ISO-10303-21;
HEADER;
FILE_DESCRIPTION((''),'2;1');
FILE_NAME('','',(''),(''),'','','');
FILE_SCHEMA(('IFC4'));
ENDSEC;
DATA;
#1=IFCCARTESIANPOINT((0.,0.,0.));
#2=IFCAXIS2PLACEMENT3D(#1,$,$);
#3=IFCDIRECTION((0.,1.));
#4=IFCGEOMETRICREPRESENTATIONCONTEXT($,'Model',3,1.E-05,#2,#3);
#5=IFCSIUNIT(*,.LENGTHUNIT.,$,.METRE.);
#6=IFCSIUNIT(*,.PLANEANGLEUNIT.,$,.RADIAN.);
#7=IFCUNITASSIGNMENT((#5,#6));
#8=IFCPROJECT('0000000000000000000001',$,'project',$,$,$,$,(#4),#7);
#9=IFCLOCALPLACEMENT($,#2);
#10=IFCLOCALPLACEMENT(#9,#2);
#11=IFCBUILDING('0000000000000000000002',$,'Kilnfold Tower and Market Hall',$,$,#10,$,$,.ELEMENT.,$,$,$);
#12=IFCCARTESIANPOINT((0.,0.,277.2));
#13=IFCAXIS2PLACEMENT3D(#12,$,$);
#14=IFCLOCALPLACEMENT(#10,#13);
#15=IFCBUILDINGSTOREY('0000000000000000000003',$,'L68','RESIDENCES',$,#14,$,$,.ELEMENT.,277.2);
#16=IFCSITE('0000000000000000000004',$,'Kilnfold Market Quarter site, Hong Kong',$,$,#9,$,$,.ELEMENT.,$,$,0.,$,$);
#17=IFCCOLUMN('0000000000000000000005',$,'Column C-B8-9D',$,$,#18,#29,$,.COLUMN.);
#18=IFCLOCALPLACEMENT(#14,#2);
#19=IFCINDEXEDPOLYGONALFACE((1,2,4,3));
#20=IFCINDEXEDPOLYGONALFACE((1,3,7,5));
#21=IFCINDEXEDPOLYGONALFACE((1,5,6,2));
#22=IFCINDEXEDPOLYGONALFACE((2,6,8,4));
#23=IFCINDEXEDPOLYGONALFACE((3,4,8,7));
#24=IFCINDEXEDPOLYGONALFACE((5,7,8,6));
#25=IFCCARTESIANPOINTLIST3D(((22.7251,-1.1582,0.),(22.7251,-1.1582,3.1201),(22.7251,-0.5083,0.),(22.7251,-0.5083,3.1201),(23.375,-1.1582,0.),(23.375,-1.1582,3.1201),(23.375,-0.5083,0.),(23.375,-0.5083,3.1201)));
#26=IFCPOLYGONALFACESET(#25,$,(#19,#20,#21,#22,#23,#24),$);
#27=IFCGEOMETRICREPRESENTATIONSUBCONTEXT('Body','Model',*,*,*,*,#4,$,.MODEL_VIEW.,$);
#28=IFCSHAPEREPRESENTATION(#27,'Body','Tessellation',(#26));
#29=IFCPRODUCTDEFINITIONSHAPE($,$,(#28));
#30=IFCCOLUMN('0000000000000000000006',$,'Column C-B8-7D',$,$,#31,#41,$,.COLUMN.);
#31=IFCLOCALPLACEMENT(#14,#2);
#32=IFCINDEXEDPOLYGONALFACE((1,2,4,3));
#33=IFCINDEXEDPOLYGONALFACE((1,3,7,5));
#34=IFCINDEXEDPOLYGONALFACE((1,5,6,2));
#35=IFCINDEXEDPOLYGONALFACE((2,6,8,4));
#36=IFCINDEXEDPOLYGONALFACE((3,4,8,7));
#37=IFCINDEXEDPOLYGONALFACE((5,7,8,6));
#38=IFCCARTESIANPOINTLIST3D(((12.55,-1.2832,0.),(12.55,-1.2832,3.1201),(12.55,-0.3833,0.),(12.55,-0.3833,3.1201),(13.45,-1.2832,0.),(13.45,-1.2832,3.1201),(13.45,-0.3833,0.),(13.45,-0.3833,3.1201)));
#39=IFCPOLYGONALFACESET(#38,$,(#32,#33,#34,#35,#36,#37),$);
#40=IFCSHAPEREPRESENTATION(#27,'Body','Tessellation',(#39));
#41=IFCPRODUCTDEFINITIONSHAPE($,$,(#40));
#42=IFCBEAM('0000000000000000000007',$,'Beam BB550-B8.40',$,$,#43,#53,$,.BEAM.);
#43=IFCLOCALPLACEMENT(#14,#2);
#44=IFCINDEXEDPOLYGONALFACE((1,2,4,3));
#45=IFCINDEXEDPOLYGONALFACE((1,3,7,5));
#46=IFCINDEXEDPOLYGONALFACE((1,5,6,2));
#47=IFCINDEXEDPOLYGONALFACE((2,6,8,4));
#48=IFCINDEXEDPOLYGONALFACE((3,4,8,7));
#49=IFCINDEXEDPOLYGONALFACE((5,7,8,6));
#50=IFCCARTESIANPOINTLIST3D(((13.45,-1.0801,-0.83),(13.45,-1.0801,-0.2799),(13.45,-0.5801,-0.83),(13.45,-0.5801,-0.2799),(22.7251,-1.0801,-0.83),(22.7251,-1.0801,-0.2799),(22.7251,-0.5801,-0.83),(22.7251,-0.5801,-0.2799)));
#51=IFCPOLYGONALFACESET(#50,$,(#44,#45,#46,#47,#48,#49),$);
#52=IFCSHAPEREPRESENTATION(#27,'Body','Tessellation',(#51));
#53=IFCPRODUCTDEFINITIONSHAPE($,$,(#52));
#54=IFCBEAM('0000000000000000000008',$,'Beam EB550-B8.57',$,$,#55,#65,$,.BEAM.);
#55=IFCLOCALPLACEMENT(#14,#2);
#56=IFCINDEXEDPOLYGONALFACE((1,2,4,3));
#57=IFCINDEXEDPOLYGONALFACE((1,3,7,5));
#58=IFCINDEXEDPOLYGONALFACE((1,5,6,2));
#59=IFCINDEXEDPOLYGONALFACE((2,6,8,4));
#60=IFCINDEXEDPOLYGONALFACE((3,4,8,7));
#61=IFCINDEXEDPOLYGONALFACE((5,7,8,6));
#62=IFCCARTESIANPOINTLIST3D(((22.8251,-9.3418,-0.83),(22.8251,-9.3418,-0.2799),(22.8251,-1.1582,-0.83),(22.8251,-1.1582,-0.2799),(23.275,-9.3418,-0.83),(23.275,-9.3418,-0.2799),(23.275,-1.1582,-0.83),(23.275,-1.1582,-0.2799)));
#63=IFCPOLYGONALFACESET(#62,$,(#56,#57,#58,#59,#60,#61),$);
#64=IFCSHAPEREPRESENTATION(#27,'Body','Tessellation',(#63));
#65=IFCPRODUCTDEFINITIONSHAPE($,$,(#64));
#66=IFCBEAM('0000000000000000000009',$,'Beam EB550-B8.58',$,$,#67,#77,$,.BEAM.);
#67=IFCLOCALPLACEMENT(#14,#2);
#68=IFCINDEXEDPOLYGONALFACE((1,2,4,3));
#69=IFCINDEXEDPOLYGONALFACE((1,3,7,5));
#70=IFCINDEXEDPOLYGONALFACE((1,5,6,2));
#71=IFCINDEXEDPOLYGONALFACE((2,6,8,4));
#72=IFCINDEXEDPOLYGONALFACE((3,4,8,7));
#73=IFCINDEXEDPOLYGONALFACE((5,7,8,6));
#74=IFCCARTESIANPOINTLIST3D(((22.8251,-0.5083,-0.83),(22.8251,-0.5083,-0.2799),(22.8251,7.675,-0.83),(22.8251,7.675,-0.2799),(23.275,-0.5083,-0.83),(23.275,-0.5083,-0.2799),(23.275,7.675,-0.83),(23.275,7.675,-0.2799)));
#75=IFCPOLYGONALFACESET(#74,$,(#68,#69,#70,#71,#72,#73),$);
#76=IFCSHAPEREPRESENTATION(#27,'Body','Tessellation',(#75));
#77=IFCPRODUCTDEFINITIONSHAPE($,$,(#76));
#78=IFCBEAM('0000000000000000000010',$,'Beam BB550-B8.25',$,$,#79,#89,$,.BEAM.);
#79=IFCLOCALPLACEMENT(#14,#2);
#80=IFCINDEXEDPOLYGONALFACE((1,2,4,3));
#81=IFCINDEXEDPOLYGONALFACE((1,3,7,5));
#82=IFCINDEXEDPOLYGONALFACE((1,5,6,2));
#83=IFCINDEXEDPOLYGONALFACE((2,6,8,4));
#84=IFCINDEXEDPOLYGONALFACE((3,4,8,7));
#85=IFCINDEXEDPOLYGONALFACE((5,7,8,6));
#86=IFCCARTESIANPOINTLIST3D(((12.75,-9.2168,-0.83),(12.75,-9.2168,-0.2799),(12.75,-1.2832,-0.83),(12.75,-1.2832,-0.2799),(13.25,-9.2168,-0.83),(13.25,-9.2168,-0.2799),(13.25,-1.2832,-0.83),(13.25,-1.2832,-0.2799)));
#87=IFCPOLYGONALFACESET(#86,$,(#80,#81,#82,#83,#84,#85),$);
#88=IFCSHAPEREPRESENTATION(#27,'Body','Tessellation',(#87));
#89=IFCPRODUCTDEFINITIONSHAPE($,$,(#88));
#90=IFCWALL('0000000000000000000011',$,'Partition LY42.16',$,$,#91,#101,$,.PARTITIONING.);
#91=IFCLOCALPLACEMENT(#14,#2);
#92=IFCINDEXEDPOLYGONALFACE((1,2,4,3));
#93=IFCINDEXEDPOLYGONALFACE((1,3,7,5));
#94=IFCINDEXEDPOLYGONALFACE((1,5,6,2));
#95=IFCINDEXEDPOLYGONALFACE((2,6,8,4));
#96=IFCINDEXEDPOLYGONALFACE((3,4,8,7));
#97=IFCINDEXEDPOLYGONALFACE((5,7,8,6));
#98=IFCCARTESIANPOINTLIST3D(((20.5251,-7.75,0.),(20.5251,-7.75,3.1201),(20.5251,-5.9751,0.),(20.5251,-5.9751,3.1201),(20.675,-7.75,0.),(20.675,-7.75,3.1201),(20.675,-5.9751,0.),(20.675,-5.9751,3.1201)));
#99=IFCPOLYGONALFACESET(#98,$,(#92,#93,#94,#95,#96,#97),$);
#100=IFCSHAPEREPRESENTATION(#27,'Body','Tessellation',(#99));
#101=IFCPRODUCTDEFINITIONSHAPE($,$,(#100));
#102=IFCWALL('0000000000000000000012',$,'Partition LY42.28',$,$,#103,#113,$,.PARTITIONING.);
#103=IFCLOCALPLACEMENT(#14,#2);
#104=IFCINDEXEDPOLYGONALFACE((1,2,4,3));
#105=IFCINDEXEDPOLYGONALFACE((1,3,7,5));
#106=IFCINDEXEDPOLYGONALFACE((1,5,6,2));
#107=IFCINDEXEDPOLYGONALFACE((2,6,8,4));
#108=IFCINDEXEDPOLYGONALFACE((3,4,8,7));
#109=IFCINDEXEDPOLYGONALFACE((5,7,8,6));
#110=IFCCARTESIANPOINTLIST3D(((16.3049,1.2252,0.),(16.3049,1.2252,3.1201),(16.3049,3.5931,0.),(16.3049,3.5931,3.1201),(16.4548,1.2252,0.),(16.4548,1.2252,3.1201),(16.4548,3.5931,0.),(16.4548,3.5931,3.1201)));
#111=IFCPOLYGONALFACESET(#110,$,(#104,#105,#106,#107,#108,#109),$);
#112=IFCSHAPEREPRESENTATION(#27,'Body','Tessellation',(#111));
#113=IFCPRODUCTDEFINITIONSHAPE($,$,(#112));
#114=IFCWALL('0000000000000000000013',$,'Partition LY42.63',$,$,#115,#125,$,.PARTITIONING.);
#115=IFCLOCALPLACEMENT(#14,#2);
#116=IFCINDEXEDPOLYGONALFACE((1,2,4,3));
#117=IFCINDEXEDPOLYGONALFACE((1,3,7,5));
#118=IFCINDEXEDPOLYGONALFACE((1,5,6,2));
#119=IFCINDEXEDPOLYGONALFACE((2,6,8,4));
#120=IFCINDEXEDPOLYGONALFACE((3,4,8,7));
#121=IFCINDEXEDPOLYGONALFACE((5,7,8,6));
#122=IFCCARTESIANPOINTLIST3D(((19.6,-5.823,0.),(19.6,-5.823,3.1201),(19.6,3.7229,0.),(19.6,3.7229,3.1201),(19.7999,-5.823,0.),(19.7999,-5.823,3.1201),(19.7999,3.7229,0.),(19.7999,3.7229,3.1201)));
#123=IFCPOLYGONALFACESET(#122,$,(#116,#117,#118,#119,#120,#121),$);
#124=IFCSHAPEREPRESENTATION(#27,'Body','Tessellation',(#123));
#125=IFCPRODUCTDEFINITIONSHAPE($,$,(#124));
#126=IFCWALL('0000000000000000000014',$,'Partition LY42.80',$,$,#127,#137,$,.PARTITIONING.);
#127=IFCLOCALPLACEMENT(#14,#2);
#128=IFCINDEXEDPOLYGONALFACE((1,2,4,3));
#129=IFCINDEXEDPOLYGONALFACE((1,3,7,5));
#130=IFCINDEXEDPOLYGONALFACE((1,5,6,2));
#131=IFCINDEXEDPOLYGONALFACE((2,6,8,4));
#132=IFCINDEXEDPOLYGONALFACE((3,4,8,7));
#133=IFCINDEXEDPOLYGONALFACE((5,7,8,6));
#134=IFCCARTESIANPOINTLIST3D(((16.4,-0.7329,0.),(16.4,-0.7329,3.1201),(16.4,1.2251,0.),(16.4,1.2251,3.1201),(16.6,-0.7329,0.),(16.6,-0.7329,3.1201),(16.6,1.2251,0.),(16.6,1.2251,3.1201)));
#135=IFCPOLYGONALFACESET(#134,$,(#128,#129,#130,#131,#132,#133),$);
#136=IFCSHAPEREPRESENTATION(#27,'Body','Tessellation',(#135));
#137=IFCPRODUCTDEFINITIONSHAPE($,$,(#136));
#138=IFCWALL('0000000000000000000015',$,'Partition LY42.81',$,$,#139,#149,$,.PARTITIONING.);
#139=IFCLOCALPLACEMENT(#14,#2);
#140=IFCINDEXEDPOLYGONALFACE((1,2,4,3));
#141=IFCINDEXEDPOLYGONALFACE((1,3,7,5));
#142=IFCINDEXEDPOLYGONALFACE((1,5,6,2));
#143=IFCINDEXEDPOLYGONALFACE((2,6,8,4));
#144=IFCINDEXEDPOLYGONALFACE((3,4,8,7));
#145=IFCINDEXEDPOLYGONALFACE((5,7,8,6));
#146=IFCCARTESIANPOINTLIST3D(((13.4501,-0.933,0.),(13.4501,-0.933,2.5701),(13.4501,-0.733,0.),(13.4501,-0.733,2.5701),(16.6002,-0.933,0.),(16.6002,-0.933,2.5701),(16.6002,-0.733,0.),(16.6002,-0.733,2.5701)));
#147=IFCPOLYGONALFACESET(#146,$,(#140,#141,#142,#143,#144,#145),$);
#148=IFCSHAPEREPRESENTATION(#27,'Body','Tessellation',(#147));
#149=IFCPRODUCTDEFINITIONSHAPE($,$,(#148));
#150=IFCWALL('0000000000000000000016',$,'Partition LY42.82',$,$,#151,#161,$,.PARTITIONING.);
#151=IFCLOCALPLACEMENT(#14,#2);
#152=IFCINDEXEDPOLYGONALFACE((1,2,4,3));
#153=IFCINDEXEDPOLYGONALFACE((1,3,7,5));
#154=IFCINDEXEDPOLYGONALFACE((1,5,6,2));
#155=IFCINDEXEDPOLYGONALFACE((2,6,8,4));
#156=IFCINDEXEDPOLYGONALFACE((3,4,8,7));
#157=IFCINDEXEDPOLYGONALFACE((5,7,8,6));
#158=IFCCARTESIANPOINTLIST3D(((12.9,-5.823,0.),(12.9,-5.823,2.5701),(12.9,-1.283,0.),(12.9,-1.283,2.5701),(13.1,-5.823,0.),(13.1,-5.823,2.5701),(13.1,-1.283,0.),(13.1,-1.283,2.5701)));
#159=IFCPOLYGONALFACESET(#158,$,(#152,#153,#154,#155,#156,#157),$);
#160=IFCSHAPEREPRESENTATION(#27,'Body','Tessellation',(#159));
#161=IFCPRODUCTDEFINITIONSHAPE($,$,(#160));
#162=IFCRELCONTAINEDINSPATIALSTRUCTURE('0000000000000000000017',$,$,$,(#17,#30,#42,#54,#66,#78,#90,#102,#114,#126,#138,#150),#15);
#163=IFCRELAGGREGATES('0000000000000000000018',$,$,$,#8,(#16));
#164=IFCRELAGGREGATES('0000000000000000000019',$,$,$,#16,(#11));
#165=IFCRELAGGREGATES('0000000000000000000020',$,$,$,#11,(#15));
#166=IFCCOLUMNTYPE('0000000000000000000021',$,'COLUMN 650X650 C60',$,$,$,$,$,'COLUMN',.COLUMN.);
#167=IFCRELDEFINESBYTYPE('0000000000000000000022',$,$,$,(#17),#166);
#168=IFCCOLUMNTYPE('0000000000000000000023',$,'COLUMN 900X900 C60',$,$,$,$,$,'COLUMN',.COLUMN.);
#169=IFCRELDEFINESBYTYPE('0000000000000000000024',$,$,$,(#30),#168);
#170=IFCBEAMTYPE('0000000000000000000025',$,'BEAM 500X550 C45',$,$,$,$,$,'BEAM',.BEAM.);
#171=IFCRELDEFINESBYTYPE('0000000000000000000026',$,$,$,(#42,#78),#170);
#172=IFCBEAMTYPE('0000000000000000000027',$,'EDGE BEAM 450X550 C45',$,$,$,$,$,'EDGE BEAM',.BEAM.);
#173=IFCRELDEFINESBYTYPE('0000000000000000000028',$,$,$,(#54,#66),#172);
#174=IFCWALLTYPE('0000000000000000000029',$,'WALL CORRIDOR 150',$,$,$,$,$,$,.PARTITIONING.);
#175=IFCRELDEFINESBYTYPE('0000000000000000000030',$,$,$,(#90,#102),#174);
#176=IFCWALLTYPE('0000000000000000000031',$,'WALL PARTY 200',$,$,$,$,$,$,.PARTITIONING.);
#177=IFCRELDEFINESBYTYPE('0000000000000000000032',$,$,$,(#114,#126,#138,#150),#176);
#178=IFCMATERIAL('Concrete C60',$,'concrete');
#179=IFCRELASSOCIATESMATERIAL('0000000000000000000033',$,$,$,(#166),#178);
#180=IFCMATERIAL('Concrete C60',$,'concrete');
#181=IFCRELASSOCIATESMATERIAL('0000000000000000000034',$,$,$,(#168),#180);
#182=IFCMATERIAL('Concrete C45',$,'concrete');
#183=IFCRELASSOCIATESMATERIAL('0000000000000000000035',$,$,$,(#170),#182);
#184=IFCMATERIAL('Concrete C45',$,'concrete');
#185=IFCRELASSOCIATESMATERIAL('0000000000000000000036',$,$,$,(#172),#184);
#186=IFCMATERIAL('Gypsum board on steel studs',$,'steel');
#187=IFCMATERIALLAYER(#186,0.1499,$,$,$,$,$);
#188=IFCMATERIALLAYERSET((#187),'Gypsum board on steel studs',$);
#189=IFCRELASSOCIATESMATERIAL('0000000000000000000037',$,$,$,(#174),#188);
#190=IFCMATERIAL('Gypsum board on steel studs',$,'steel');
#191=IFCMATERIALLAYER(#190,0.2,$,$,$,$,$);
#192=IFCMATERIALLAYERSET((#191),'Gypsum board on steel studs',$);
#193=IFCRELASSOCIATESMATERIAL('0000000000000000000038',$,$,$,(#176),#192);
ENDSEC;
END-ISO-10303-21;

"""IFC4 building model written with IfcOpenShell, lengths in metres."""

from ifc_helpers import new_model, si_unit, direction, frame, frame_2d, origin, origin_2d, place, context, subcontext, project, spatial, rectangle, extrude, source, transform, mapped, material, layer, layer_set, material_profile, profile_set, type_object, element, save


model = new_model("IFC4")

# Units and contexts
model_context = context("Model", 3, precision=1e-05, world=origin(), true_north=direction((0.0, 1.0)))
body_context = subcontext(model_context, "Body", "Model", "MODEL_VIEW")
ifc_project = project(units=[si_unit("LENGTHUNIT", "METRE"), si_unit("PLANEANGLEUNIT", "RADIAN")], contexts=[model_context])

# Site, building, storey
site_placement = place(None, origin())
site = spatial("IfcSite", under=ifc_project, at=site_placement, Name="Kilnfold Market Quarter site, Hong Kong", CompositionType="ELEMENT", RefElevation=0.0)
building_placement = place(site_placement, origin())
building = spatial("IfcBuilding", under=site, at=building_placement, Name="Kilnfold Tower and Market Hall", CompositionType="ELEMENT")
storey_placement = place(building_placement, frame((0.0, 0.0, 277.2)))
storey = spatial("IfcBuildingStorey", under=building, at=storey_placement, Name="L68", Description="RESIDENCES", CompositionType="ELEMENT", Elevation=277.2)

# Columns
ifc_material_1 = material(Name="Concrete C60", Category="concrete")
ifc_material_profile_1 = material_profile(ifc_material_1, rectangle(XDim=0.6499, YDim=0.6499, at=origin_2d()), Name="RC 650x650")
ifc_profile_set_1 = profile_set([ifc_material_profile_1], Name="Concrete C60")
column_type_1 = type_object("IfcColumnType", Name="COLUMN 650X650 C60", ElementType="COLUMN", PredefinedType="COLUMN", material=ifc_profile_set_1)
shared_shape_1 = source(origin(), body_context, "Body", "SweptSolid", [
    extrude(rectangle(XDim=0.6499, YDim=0.6499, at=origin_2d()), origin(), (0.0, 0.0, 1.0), 3.1201),
])
column_1_placement = place(storey_placement, frame((23.05, -0.8333, 0.0), z_axis=(0.0, 0.0, 1.0), x_axis=(1.0, 0.0, 0.0)))
element("IfcColumn", 1, at=column_1_placement, inside=storey, type_object=column_type_1, Name="Column C-B8-9D", PredefinedType="COLUMN", context=body_context, shape_type="MappedRepresentation", body=[
    mapped(shared_shape_1, transform((0.0, 0.0, 0.0))),
])
ifc_material_2 = material(Name="Concrete C60", Category="concrete")
ifc_material_profile_2 = material_profile(ifc_material_2, rectangle(XDim=0.8999, YDim=0.8999, at=origin_2d()), Name="RC 900x900")
ifc_profile_set_2 = profile_set([ifc_material_profile_2], Name="Concrete C60")
column_type_2 = type_object("IfcColumnType", Name="COLUMN 900X900 C60", ElementType="COLUMN", PredefinedType="COLUMN", material=ifc_profile_set_2)
shared_shape_2 = source(origin(), body_context, "Body", "SweptSolid", [
    extrude(rectangle(XDim=0.8999, YDim=0.8999, at=origin_2d()), origin(), (0.0, 0.0, 1.0), 3.1201),
])
column_2_placement = place(storey_placement, frame((13.0, -0.8333, 0.0), z_axis=(0.0, 0.0, 1.0), x_axis=(1.0, 0.0, 0.0)))
element("IfcColumn", 2, at=column_2_placement, inside=storey, type_object=column_type_2, Name="Column C-B8-7D", PredefinedType="COLUMN", context=body_context, shape_type="MappedRepresentation", body=[
    mapped(shared_shape_2, transform((0.0, 0.0, 0.0))),
])

# Beams
ifc_material_3 = material(Name="Concrete C45", Category="concrete")
ifc_material_profile_3 = material_profile(ifc_material_3, rectangle(XDim=0.5, YDim=0.55, at=origin_2d()), Name="RC 500x550")
ifc_profile_set_3 = profile_set([ifc_material_profile_3], Name="Concrete C45")
beam_type_1 = type_object("IfcBeamType", Name="BEAM 500X550 C45", ElementType="BEAM", PredefinedType="BEAM", material=ifc_profile_set_3)
shared_shape_3 = source(origin(), body_context, "Body", "SweptSolid", [
    extrude(rectangle(XDim=0.5, YDim=0.55, at=origin_2d()), origin(), (0.0, 0.0, 1.0), 9.2751),
])
beam_1_placement = place(storey_placement, frame((13.45, -0.8301, -0.5549), z_axis=(1.0, 0.0, 0.0), x_axis=(0.0, 1.0, 0.0)))
element("IfcBeam", 3, at=beam_1_placement, inside=storey, type_object=beam_type_1, Name="Beam BB550-B8.40", PredefinedType="BEAM", context=body_context, shape_type="MappedRepresentation", body=[
    mapped(shared_shape_3, transform((0.0, 0.0, 0.0))),
])
ifc_material_4 = material(Name="Concrete C45", Category="concrete")
ifc_material_profile_4 = material_profile(ifc_material_4, rectangle(XDim=0.45, YDim=0.55, at=origin_2d()), Name="RC 450x550")
ifc_profile_set_4 = profile_set([ifc_material_profile_4], Name="Concrete C45")
beam_type_2 = type_object("IfcBeamType", Name="EDGE BEAM 450X550 C45", ElementType="EDGE BEAM", PredefinedType="BEAM", material=ifc_profile_set_4)
shared_shape_4 = source(origin(), body_context, "Body", "SweptSolid", [
    extrude(rectangle(XDim=0.45, YDim=0.55, at=origin_2d()), origin(), (0.0, 0.0, 1.0), 8.1836),
])
beam_2_placement = place(storey_placement, frame((23.05, -9.3418, -0.5549), z_axis=(0.0, 1.0, 0.0), x_axis=(-1.0, 0.0, 0.0)))
element("IfcBeam", 4, at=beam_2_placement, inside=storey, type_object=beam_type_2, Name="Beam EB550-B8.57", PredefinedType="BEAM", context=body_context, shape_type="MappedRepresentation", body=[
    mapped(shared_shape_4, transform((0.0, 0.0, 0.0))),
])
shared_shape_5 = source(origin(), body_context, "Body", "SweptSolid", [
    extrude(rectangle(XDim=0.45, YDim=0.55, at=origin_2d()), origin(), (0.0, 0.0, 1.0), 8.1833),
])
beam_3_placement = place(storey_placement, frame((23.05, -0.5083, -0.5549), z_axis=(0.0, 1.0, 0.0), x_axis=(-1.0, 0.0, 0.0)))
element("IfcBeam", 5, at=beam_3_placement, inside=storey, type_object=beam_type_2, Name="Beam EB550-B8.58", PredefinedType="BEAM", context=body_context, shape_type="MappedRepresentation", body=[
    mapped(shared_shape_5, transform((0.0, 0.0, 0.0))),
])
shared_shape_6 = source(origin(), body_context, "Body", "SweptSolid", [
    extrude(rectangle(XDim=0.5, YDim=0.55, at=origin_2d()), origin(), (0.0, 0.0, 1.0), 7.9336),
])
beam_4_placement = place(storey_placement, frame((13.0, -9.2168, -0.5549), z_axis=(0.0, 1.0, 0.0), x_axis=(-1.0, 0.0, 0.0)))
element("IfcBeam", 6, at=beam_4_placement, inside=storey, type_object=beam_type_1, Name="Beam BB550-B8.25", PredefinedType="BEAM", context=body_context, shape_type="MappedRepresentation", body=[
    mapped(shared_shape_6, transform((0.0, 0.0, 0.0))),
])

# Walls
ifc_material_5 = material(Name="Gypsum board on steel studs", Category="steel")
ifc_layer_1 = layer(ifc_material_5, 0.1499)
ifc_layer_set_1 = layer_set([ifc_layer_1], Name="Gypsum board on steel studs")
wall_type_1 = type_object("IfcWallType", Name="WALL CORRIDOR 150", PredefinedType="PARTITIONING", material=ifc_layer_set_1)
wall_1_placement = place(storey_placement, frame((20.6001, -7.75, 0.0), z_axis=(0.0, 0.0, 1.0), x_axis=(0.0, 1.0, 0.0)))
element("IfcWall", 7, at=wall_1_placement, inside=storey, type_object=wall_type_1, Name="Partition LY42.16", PredefinedType="PARTITIONING", context=body_context, shape_type="SweptSolid", body=[
    extrude(rectangle(XDim=1.7749, YDim=0.1499, at=frame_2d((0.8875, 0.0))), origin(), (0.0, 0.0, 1.0), 3.1201),
])
wall_2_placement = place(storey_placement, frame((16.3799, 1.2251, 0.0), z_axis=(0.0, 0.0, 1.0), x_axis=(0.0, 1.0, 0.0)))
element("IfcWall", 8, at=wall_2_placement, inside=storey, type_object=wall_type_1, Name="Partition LY42.28", PredefinedType="PARTITIONING", context=body_context, shape_type="SweptSolid", body=[
    extrude(rectangle(XDim=2.3679, YDim=0.1499, at=frame_2d((1.1841, 0.0))), origin(), (0.0, 0.0, 1.0), 3.1201),
])
ifc_material_6 = material(Name="Gypsum board on steel studs", Category="steel")
ifc_layer_2 = layer(ifc_material_6, 0.2)
ifc_layer_set_2 = layer_set([ifc_layer_2], Name="Gypsum board on steel studs")
wall_type_2 = type_object("IfcWallType", Name="WALL PARTY 200", PredefinedType="PARTITIONING", material=ifc_layer_set_2)
wall_3_placement = place(storey_placement, frame((19.7, 3.7229, 0.0), z_axis=(0.0, 0.0, 1.0), x_axis=(0.0, -1.0, 0.0)))
element("IfcWall", 9, at=wall_3_placement, inside=storey, type_object=wall_type_2, Name="Partition LY42.63", PredefinedType="PARTITIONING", context=body_context, shape_type="SweptSolid", body=[
    extrude(rectangle(XDim=9.5459, YDim=0.2, at=frame_2d((4.7729, 0.0))), origin(), (0.0, 0.0, 1.0), 3.1201),
])
wall_4_placement = place(storey_placement, frame((16.5, -0.7329, 0.0), z_axis=(0.0, 0.0, 1.0), x_axis=(0.0, 1.0, 0.0)))
element("IfcWall", 10, at=wall_4_placement, inside=storey, type_object=wall_type_2, Name="Partition LY42.80", PredefinedType="PARTITIONING", context=body_context, shape_type="SweptSolid", body=[
    extrude(rectangle(XDim=1.958, YDim=0.2, at=frame_2d((0.979, 0.0))), origin(), (0.0, 0.0, 1.0), 3.1201),
])
wall_5_placement = place(storey_placement, frame((13.45, -0.833, 0.0), z_axis=(0.0, 0.0, 1.0), x_axis=(1.0, 0.0, 0.0)))
element("IfcWall", 11, at=wall_5_placement, inside=storey, type_object=wall_type_2, Name="Partition LY42.81", PredefinedType="PARTITIONING", context=body_context, shape_type="SweptSolid", body=[
    extrude(rectangle(XDim=3.1501, YDim=0.2, at=frame_2d((1.5752, 0.0))), origin(), (0.0, 0.0, 1.0), 2.5701),
])
wall_6_placement = place(storey_placement, frame((13.0, -5.823, 0.0), z_axis=(0.0, 0.0, 1.0), x_axis=(0.0, 1.0, 0.0)))
element("IfcWall", 12, at=wall_6_placement, inside=storey, type_object=wall_type_2, Name="Partition LY42.82", PredefinedType="PARTITIONING", context=body_context, shape_type="SweptSolid", body=[
    extrude(rectangle(XDim=4.54, YDim=0.2, at=frame_2d((2.27, 0.0))), origin(), (0.0, 0.0, 1.0), 2.5701),
])

save(model, "model.ifc")
